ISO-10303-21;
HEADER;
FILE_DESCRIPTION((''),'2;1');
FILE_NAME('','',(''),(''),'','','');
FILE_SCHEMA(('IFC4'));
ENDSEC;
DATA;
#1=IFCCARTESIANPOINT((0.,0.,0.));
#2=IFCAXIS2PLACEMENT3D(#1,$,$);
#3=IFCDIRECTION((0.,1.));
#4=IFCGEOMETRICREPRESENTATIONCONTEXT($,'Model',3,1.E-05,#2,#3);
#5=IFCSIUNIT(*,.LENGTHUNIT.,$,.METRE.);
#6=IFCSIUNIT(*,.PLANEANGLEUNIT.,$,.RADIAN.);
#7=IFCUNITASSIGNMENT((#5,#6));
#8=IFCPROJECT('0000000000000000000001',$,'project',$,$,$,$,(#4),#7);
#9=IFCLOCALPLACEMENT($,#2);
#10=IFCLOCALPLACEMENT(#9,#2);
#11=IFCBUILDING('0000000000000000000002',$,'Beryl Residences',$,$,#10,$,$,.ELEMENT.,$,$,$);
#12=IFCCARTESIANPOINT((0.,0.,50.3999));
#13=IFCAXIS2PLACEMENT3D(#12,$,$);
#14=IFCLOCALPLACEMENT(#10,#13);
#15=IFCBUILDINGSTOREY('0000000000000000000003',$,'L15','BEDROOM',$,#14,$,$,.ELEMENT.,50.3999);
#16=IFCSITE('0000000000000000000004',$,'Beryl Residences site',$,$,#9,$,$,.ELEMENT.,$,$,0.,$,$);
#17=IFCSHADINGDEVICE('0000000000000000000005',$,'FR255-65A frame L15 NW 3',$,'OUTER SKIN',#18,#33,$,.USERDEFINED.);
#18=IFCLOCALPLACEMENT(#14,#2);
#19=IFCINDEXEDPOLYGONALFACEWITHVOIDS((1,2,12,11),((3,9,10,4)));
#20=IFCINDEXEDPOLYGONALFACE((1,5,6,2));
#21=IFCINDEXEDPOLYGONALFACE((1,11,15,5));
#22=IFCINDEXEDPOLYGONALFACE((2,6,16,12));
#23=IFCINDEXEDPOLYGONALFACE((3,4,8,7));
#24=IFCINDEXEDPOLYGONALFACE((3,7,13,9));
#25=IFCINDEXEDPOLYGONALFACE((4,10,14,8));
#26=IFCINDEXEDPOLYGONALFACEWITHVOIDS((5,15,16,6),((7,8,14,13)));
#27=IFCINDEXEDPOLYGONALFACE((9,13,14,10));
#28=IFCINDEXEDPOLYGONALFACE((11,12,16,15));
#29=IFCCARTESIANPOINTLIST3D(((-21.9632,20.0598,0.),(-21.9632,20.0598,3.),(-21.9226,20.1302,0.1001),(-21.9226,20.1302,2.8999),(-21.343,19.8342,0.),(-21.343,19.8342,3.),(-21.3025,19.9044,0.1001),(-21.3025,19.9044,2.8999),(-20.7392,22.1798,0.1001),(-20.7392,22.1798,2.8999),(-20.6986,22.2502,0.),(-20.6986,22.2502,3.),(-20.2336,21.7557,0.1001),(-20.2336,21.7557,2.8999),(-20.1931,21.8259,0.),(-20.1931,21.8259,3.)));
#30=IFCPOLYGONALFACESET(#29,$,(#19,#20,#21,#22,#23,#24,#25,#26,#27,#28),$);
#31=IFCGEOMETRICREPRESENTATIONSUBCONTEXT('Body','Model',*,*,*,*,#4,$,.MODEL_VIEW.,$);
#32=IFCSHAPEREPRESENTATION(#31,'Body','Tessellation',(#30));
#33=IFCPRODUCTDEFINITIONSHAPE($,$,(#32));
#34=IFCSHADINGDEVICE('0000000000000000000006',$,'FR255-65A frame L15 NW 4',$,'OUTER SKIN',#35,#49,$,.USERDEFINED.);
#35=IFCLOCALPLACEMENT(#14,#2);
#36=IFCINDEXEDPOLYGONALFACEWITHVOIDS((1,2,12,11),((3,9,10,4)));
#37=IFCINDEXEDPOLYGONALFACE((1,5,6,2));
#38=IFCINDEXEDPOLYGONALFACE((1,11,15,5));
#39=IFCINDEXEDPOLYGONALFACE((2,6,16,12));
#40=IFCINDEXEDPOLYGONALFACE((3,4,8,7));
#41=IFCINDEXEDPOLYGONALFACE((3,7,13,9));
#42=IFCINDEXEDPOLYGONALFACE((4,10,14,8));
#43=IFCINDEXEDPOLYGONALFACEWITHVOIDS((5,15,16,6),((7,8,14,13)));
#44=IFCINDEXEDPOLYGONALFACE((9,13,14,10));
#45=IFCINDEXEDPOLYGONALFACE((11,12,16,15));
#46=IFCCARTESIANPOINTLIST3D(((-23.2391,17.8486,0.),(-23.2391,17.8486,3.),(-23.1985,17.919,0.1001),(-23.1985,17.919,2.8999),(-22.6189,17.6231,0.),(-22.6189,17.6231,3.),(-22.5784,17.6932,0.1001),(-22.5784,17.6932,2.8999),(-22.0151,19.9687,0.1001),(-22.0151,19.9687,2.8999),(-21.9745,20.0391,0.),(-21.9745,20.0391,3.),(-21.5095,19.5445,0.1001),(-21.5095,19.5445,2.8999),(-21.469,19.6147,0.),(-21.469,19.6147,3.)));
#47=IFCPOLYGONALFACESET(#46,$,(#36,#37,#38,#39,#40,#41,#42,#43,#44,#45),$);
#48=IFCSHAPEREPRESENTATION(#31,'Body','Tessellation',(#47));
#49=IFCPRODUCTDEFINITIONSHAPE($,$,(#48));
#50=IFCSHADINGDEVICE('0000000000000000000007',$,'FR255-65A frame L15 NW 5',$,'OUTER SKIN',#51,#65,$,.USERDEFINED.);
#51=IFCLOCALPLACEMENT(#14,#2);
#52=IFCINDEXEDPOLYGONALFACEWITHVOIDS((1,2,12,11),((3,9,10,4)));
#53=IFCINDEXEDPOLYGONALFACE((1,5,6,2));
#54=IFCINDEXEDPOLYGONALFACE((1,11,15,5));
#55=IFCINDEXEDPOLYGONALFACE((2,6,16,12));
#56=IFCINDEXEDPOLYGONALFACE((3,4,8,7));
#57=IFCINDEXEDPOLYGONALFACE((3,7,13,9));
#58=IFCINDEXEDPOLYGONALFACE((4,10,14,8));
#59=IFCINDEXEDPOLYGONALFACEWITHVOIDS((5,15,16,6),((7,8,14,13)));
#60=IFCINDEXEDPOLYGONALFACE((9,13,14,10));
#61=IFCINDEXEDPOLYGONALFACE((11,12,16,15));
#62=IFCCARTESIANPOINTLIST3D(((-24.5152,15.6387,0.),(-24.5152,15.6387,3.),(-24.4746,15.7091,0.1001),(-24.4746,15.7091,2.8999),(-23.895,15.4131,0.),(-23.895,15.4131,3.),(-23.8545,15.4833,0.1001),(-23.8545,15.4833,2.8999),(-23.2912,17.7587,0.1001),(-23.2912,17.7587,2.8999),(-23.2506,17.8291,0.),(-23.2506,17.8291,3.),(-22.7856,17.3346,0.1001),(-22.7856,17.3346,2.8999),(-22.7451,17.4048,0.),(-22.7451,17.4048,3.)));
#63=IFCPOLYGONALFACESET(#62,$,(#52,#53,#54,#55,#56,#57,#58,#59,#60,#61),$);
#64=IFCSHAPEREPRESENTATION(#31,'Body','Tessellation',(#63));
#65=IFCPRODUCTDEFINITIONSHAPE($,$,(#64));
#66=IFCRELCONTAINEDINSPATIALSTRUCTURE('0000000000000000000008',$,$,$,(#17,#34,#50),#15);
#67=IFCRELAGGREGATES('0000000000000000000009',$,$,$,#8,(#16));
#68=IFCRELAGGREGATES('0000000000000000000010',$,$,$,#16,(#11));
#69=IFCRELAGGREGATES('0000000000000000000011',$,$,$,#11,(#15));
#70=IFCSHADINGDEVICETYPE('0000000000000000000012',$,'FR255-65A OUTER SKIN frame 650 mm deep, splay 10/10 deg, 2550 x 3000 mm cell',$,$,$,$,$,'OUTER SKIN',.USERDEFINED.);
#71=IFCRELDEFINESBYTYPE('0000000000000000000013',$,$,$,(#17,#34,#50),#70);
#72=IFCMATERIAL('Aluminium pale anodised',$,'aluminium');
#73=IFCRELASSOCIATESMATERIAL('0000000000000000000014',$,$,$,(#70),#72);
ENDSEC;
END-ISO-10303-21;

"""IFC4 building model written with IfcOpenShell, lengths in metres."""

from ifc_helpers import new_model, entity, si_unit, direction, frame, origin, place, context, subcontext, project, spatial, source, transform, mapped, material, type_object, type_shapes, element, save


model = new_model("IFC4")

# Units and contexts
model_context = context("Model", 3, precision=1e-05, world=origin(), true_north=direction((0.0, 1.0)))
body_context = subcontext(model_context, "Body", "Model", "MODEL_VIEW")
ifc_project = project(units=[si_unit("LENGTHUNIT", "METRE"), si_unit("PLANEANGLEUNIT", "RADIAN")], contexts=[model_context])

# Site, building, storey
site_placement = place(None, origin())
site = spatial("IfcSite", under=ifc_project, at=site_placement, Name="Beryl Residences site", CompositionType="ELEMENT", RefElevation=0.0)
building_placement = place(site_placement, origin())
building = spatial("IfcBuilding", under=site, at=building_placement, Name="Beryl Residences", CompositionType="ELEMENT")
storey_placement = place(building_placement, frame((0.0, 0.0, 50.3999)))
storey = spatial("IfcBuildingStorey", under=building, at=storey_placement, Name="L15", Description="BEDROOM", CompositionType="ELEMENT", Elevation=50.3999)

# Shading devices
ifc_material_1 = material(Name="Aluminium pale anodised", Category="aluminium")
shading_device_type = type_object("IfcShadingDeviceType", Name="FR255-65A OUTER SKIN frame 650 mm deep, splay 10/10 deg, 2550 x 3000 mm cell", ElementType="OUTER SKIN", PredefinedType="USERDEFINED", material=ifc_material_1)
cartesian_point_1 = entity("IfcCartesianPoint", [-1.1499, 0.0])
cartesian_point_2 = entity("IfcCartesianPoint", [-1.0688, 0.1001])
cartesian_point_3 = entity("IfcCartesianPoint", [-1.2646, 0.0])
cartesian_point_4 = entity("IfcCartesianPoint", [-1.1833, 0.1001])
shared_shape = source(origin(), body_context, "Body", "SweptSolid", [
    entity("IfcExtrudedAreaSolidTapered", entity("IfcArbitraryProfileDefWithVoids", "AREA", None, entity("IfcPolyline", [cartesian_point_1, entity("IfcCartesianPoint", [1.1499, 0.0]), entity("IfcCartesianPoint", [1.1499, 3.0]), entity("IfcCartesianPoint", [-1.1499, 3.0]), cartesian_point_1]), [entity("IfcPolyline", [cartesian_point_2, entity("IfcCartesianPoint", [1.0688, 0.1001]), entity("IfcCartesianPoint", [1.0688, 2.8999]), entity("IfcCartesianPoint", [-1.0688, 2.8999]), cartesian_point_2])]), entity("IfcAxis2Placement3D", entity("IfcCartesianPoint", [0.0, 0.0, 0.0]), entity("IfcDirection", [0.0, 1.0, 0.0]), entity("IfcDirection", [-1.0, 0.0, 0.0])), entity("IfcDirection", [0.0, 0.0, 1.0]), 0.6499, entity("IfcArbitraryProfileDefWithVoids", "AREA", None, entity("IfcPolyline", [cartesian_point_3, entity("IfcCartesianPoint", [1.2646, 0.0]), entity("IfcCartesianPoint", [1.2646, 3.0]), entity("IfcCartesianPoint", [-1.2646, 3.0]), cartesian_point_3]), [entity("IfcPolyline", [cartesian_point_4, entity("IfcCartesianPoint", [1.1833, 0.1001]), entity("IfcCartesianPoint", [1.1833, 2.8999]), entity("IfcCartesianPoint", [-1.1833, 2.8999]), cartesian_point_4])])),
])
type_shapes(shading_device_type, [shared_shape])
for number, where, z_axis, x_axis, name in (
    (1, (-20.7681, 20.8301, 0.0), (0.0, 0.0, 1.0), (0.5, 0.866025, 0.0), "FR255-65A frame L15 NW 3"),
    (2, (-22.0439, 18.6189, 0.0), (0.0, 0.0, 1.0), (0.5, 0.866025, 0.0), "FR255-65A frame L15 NW 4"),
    (3, (-23.3201, 16.4089, 0.0), (0.0, 0.0, 1.0), (0.5, 0.866025, 0.0), "FR255-65A frame L15 NW 5"),
):
    element("IfcShadingDevice", number, at=place(storey_placement, frame(where, z_axis=z_axis, x_axis=x_axis)), inside=storey, type_object=shading_device_type, Name=name, ObjectType="OUTER SKIN", PredefinedType="USERDEFINED", context=body_context, shape_type="MappedRepresentation", body=[
        mapped(shared_shape, transform((0.0, 0.0, 0.0))),
    ])

save(model, "model.ifc")
